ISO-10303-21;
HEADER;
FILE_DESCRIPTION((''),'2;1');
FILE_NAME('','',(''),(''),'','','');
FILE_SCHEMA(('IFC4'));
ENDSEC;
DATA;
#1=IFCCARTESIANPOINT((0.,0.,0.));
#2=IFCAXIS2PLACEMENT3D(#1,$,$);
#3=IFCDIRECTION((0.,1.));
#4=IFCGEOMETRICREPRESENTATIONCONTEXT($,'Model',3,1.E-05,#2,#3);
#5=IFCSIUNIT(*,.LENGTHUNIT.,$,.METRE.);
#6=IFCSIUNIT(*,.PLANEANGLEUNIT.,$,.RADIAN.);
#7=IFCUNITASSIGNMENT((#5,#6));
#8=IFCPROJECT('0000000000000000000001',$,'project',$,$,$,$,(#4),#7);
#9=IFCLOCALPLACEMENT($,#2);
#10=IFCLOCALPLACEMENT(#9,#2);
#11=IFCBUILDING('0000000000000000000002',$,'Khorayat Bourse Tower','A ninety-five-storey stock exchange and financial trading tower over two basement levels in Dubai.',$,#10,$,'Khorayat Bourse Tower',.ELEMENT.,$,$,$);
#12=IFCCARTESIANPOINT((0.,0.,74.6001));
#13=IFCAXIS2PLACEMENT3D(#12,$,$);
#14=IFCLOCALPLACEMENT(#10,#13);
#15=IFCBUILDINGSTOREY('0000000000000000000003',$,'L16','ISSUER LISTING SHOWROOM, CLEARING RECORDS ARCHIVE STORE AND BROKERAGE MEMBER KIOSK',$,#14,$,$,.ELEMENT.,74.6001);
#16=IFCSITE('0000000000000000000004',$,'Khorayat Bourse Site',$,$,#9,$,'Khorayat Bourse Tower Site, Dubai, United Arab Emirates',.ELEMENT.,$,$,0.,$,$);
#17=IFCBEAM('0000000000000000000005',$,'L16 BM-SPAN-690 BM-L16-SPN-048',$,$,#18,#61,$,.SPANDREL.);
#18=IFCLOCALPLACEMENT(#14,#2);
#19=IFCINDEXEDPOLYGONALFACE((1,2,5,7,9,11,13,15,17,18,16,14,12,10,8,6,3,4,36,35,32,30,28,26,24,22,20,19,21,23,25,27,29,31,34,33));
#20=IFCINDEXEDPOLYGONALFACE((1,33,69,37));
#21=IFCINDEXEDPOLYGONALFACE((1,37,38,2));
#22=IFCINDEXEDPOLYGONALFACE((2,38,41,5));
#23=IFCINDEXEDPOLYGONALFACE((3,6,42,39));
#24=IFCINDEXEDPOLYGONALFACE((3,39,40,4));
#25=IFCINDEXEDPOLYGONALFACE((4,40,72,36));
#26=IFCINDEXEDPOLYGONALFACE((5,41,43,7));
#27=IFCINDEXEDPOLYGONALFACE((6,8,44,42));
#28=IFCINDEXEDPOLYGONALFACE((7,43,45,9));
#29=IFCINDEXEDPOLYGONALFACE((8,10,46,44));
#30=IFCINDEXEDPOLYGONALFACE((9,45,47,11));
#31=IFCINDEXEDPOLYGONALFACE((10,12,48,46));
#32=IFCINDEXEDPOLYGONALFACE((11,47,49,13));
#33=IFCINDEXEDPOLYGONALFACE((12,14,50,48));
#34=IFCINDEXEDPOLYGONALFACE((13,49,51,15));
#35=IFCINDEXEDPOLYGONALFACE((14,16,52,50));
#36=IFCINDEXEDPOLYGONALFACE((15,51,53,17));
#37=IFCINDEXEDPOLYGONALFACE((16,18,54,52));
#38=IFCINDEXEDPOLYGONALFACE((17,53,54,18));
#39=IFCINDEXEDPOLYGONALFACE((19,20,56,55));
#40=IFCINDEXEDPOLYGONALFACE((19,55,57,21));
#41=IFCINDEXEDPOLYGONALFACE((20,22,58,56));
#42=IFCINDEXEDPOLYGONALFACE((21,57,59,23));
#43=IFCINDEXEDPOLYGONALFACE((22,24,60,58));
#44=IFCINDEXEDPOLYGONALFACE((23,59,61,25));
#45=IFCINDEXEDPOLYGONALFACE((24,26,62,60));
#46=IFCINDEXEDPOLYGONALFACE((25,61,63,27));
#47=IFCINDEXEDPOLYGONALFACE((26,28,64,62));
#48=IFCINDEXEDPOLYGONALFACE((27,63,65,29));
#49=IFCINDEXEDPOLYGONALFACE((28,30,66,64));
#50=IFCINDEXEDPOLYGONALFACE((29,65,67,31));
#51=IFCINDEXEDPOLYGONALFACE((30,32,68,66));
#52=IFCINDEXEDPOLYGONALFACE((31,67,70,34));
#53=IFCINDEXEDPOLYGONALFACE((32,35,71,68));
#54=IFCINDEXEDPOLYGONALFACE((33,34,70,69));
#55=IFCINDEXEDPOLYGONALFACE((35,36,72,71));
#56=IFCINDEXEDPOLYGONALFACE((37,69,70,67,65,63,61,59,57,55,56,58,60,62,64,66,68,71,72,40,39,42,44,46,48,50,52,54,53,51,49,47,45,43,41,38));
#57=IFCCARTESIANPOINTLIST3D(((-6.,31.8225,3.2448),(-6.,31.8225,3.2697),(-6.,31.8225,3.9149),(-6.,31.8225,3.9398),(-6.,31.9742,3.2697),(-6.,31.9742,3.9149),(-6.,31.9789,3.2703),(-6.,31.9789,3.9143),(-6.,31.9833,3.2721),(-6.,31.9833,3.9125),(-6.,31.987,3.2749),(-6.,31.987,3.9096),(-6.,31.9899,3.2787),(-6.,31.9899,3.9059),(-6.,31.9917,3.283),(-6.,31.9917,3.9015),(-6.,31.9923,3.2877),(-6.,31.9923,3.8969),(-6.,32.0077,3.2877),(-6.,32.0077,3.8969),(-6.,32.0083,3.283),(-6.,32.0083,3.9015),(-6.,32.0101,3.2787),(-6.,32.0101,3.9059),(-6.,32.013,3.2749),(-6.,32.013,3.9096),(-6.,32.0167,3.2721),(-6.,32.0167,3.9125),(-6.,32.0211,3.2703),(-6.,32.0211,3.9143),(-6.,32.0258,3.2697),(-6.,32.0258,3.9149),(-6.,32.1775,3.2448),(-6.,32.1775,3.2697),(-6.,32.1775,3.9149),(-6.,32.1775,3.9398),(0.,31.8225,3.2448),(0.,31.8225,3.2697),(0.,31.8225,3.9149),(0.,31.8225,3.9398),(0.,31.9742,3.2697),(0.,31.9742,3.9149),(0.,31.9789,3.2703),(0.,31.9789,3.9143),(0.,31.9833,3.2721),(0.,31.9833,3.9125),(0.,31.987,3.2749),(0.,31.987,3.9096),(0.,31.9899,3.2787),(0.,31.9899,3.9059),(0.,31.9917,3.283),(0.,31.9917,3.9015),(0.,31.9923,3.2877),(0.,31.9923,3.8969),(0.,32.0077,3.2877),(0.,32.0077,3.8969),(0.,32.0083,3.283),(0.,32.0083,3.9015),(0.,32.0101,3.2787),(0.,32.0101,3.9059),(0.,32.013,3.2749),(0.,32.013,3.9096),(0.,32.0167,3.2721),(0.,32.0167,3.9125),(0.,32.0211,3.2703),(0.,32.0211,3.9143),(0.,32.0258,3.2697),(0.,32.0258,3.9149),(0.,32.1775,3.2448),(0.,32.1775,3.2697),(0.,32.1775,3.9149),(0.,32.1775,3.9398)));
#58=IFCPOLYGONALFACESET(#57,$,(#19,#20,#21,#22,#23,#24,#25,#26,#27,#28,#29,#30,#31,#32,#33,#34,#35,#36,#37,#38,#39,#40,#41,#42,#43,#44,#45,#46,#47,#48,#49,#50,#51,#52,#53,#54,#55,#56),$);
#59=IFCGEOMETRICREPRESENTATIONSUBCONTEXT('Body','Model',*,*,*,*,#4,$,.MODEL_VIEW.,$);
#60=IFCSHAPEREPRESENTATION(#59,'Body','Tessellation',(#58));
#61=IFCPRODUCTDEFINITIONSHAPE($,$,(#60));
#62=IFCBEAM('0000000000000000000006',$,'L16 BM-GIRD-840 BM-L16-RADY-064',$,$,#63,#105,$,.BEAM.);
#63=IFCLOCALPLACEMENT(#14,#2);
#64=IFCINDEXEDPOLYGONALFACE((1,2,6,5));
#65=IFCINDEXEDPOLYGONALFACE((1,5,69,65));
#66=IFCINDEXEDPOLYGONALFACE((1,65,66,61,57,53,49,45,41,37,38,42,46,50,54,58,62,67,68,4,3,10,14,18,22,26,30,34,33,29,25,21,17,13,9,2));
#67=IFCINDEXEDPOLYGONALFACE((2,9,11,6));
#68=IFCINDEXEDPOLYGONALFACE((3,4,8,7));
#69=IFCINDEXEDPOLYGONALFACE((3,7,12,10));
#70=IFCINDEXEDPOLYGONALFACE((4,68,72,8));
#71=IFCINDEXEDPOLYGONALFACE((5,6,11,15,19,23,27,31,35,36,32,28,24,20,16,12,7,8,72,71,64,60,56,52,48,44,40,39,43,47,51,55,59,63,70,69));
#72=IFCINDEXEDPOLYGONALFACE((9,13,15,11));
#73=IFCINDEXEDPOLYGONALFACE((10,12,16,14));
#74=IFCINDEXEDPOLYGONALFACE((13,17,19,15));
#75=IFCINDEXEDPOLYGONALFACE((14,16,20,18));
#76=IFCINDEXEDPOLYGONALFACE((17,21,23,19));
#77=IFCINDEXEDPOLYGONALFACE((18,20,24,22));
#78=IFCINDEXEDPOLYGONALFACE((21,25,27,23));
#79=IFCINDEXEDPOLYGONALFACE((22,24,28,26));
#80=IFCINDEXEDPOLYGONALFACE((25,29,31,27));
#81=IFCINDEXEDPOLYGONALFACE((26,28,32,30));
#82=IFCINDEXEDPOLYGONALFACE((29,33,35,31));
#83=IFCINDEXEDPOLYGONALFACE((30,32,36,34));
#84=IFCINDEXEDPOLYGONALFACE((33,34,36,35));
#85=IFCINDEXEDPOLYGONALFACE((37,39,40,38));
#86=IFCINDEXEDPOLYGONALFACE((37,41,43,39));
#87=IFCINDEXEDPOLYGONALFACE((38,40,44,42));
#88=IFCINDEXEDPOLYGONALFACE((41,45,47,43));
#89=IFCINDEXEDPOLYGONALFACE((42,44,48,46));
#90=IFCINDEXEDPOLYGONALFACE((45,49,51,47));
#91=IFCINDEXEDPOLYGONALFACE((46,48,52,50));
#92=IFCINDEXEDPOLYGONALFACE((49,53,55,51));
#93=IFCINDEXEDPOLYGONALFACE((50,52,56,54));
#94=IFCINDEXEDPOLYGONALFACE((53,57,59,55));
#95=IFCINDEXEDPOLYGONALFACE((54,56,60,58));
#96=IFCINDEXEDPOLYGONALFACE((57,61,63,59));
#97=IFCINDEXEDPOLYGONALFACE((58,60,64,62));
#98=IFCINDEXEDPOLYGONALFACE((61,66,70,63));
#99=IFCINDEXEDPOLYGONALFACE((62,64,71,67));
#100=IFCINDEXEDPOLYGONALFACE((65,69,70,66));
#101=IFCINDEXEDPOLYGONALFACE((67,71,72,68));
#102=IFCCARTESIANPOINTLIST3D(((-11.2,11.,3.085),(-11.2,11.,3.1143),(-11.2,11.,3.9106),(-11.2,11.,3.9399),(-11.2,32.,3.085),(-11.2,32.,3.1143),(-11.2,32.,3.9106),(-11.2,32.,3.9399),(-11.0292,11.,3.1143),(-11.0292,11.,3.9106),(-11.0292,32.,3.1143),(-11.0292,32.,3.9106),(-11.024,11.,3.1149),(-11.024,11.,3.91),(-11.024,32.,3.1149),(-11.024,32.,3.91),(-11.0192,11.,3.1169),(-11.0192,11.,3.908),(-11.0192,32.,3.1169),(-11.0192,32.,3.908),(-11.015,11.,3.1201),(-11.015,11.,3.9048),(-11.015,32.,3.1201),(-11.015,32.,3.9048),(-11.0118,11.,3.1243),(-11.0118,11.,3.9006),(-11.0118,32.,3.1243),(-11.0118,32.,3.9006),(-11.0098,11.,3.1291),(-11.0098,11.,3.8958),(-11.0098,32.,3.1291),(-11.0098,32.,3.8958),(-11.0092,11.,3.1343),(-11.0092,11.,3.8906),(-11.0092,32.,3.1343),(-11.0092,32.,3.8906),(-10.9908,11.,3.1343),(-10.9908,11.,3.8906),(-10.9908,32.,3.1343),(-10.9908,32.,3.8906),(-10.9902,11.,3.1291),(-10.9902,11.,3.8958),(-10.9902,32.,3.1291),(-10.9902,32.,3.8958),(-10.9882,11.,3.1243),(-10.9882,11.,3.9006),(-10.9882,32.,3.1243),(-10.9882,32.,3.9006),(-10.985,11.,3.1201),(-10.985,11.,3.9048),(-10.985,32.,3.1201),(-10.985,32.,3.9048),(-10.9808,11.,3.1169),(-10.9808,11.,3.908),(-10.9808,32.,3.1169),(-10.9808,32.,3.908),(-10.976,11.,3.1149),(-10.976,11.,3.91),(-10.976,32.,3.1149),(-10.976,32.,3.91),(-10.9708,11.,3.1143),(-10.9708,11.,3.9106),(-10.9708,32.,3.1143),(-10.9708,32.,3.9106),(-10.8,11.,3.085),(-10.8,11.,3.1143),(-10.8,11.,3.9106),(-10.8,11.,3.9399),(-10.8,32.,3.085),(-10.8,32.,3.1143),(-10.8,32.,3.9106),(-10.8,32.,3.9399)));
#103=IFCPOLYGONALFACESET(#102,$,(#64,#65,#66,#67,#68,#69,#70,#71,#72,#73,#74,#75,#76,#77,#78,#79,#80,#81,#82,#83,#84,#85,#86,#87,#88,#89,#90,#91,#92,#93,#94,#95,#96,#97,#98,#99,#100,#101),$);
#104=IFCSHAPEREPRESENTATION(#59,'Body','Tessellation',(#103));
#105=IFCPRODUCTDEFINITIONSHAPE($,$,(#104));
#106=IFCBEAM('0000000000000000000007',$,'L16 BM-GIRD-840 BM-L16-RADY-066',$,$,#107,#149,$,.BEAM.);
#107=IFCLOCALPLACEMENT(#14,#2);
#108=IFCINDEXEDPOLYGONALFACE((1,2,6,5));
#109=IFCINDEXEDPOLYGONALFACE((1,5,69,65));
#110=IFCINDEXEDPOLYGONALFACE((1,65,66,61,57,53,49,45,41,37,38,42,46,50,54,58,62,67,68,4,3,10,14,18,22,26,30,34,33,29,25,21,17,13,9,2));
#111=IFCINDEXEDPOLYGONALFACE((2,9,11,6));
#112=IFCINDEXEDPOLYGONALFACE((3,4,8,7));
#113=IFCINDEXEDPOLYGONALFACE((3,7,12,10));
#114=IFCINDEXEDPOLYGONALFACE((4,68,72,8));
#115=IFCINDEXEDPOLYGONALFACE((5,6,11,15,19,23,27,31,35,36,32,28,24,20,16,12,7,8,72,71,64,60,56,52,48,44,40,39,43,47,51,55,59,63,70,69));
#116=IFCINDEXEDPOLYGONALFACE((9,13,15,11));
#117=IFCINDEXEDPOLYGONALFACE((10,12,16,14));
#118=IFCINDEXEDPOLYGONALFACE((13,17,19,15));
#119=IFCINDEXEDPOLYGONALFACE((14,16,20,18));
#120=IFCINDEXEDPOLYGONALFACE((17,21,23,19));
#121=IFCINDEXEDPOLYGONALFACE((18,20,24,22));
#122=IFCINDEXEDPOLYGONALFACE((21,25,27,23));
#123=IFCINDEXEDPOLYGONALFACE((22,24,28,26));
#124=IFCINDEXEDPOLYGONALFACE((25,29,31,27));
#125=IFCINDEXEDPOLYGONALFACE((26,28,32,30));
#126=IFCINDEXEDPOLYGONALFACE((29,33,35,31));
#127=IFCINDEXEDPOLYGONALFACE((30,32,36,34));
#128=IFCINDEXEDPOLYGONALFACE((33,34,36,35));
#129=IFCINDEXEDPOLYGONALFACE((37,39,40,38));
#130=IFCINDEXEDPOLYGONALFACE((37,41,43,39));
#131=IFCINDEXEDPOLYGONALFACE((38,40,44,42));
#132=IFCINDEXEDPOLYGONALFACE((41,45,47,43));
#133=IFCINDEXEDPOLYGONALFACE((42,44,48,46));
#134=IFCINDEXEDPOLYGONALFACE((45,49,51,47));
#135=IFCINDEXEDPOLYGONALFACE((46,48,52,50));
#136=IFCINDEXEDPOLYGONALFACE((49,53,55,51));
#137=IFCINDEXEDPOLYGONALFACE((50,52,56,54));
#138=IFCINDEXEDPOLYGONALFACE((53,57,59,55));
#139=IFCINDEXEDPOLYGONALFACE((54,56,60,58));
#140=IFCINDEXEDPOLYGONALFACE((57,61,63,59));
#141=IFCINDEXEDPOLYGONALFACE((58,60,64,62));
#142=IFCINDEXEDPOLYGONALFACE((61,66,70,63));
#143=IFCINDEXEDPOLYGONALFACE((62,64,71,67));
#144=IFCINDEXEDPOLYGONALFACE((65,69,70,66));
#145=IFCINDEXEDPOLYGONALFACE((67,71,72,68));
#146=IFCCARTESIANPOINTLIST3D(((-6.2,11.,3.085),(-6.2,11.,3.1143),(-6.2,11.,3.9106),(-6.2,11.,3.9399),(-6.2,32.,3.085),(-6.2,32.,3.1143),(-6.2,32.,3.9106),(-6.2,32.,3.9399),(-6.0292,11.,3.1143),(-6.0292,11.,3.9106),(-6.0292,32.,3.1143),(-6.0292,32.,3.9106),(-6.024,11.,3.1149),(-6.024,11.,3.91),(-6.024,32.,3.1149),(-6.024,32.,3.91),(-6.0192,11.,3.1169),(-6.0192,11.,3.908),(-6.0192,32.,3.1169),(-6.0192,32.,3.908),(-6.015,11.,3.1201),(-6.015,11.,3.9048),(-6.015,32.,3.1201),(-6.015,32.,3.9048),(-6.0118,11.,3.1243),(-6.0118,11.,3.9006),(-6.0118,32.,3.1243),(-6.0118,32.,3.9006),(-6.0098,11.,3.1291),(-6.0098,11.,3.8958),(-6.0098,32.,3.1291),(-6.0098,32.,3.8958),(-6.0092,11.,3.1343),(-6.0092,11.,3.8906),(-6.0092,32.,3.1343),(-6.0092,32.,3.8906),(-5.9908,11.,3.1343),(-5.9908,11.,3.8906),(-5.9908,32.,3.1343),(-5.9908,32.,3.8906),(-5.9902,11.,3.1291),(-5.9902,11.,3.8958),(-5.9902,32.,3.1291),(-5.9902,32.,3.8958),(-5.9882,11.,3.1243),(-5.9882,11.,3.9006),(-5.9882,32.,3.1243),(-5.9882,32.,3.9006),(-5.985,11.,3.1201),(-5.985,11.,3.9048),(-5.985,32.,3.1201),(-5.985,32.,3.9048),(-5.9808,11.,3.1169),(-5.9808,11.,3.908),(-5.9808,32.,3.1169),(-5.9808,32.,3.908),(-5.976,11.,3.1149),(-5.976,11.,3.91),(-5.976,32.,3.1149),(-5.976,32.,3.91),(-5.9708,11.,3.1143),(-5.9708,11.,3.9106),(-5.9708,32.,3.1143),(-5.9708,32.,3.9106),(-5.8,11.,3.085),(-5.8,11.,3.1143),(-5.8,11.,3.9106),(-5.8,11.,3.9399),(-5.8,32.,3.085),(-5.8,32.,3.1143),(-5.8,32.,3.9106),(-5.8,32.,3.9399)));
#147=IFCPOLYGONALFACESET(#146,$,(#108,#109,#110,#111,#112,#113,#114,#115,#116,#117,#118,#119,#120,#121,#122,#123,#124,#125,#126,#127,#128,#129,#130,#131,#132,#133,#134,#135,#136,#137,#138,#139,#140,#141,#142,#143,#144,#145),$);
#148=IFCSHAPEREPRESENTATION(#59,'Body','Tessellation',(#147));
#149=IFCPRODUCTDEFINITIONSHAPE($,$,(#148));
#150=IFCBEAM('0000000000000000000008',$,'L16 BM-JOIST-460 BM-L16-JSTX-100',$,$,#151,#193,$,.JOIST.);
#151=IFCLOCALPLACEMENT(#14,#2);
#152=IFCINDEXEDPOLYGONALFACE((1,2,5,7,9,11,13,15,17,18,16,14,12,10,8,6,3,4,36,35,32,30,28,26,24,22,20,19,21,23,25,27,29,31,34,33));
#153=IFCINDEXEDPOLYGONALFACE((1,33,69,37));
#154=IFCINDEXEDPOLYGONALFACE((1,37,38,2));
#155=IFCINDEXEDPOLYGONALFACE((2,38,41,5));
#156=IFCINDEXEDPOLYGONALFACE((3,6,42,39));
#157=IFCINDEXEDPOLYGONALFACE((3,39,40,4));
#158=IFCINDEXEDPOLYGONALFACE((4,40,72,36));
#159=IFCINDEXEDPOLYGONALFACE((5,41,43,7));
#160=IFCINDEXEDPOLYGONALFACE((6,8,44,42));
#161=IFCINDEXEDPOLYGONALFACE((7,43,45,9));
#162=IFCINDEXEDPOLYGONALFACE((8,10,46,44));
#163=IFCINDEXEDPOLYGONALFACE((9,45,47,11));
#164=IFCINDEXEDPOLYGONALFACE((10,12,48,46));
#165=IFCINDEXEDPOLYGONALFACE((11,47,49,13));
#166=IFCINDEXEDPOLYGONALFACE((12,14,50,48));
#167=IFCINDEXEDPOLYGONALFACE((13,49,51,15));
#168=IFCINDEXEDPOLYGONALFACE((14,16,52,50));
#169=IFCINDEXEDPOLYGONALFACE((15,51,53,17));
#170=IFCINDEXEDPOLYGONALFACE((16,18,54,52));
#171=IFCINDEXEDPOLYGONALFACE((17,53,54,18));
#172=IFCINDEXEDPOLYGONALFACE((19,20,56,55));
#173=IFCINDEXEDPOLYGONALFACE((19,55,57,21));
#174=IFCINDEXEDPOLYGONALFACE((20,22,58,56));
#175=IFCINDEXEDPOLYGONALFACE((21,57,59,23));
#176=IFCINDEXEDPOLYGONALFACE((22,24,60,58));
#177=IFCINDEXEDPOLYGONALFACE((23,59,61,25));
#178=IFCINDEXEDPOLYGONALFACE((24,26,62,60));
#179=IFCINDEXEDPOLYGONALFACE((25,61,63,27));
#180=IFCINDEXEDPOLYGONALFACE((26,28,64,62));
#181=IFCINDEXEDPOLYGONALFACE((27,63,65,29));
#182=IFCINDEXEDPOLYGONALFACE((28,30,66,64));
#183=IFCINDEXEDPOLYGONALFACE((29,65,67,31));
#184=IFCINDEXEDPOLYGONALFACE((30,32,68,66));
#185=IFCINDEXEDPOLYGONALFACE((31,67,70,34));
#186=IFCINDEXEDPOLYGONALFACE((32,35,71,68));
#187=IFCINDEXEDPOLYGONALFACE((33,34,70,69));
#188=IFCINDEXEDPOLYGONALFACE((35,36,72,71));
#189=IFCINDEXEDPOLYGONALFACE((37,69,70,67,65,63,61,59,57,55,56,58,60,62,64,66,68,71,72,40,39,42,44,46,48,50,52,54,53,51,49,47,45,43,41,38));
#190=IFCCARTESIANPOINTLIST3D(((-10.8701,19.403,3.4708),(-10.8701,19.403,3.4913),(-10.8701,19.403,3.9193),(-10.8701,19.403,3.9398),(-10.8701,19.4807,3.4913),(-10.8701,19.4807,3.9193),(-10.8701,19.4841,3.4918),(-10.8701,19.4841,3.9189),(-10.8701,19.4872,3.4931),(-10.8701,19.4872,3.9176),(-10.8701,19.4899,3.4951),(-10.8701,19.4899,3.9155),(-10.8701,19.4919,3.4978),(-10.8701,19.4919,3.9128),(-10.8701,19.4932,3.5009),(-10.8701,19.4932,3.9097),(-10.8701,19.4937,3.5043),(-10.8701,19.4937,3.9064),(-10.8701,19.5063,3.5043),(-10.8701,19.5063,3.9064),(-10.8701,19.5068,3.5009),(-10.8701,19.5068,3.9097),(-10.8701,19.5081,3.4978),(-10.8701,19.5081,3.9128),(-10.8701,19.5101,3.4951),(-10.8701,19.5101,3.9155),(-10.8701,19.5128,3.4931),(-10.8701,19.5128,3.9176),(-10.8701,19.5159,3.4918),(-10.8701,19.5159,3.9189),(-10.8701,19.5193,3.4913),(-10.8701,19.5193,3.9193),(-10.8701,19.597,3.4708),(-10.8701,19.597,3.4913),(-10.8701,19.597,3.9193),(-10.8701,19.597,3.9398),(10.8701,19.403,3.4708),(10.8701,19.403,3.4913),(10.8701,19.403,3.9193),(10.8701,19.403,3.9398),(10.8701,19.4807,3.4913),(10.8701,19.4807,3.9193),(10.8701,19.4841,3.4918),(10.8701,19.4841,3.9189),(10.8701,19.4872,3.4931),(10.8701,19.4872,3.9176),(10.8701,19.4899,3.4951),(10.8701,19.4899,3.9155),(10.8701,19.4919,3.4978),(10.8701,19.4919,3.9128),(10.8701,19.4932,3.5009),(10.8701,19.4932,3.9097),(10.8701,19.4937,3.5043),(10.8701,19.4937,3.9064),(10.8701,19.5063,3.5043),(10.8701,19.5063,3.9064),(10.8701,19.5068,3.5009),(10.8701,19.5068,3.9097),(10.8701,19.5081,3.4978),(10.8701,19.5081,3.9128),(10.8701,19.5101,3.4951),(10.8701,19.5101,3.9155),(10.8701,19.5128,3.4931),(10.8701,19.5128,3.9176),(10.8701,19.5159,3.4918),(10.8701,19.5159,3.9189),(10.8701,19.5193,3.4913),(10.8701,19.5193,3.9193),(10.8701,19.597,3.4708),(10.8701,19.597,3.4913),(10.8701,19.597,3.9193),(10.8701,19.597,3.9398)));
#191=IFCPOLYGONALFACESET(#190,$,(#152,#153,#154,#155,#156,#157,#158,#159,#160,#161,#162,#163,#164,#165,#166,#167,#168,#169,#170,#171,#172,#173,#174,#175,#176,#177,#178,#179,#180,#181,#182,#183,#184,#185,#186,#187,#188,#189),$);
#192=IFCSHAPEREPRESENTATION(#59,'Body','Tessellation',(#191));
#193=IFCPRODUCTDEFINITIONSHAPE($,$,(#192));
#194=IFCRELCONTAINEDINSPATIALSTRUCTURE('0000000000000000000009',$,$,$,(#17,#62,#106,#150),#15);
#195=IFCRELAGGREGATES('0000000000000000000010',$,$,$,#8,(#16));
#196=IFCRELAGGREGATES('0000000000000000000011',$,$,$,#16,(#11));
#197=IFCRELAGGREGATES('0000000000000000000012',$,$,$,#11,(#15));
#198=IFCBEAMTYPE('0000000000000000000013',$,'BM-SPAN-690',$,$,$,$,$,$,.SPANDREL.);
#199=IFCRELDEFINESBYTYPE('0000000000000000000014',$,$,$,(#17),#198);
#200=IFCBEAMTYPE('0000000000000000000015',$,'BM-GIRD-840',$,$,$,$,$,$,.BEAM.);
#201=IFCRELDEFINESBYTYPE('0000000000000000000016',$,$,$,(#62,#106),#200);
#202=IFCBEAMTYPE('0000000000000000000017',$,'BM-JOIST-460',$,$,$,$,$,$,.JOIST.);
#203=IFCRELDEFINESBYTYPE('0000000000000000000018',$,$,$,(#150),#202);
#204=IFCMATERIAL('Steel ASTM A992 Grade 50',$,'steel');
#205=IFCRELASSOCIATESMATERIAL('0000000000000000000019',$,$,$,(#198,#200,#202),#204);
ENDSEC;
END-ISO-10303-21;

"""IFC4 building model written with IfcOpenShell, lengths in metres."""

from ifc_helpers import new_model, si_unit, direction, frame, origin, origin_2d, place, context, subcontext, project, spatial, i_section, extrude, source, transform, mapped, material, material_profile, profile_set, type_object, element, save


model = new_model("IFC4")

# Units and contexts
model_context = context("Model", 3, precision=1e-05, world=origin(), true_north=direction((0.0, 1.0)))
body_context = subcontext(model_context, "Body", "Model", "MODEL_VIEW")
ifc_project = project(units=[si_unit("LENGTHUNIT", "METRE"), si_unit("PLANEANGLEUNIT", "RADIAN")], contexts=[model_context])

# Site, building, storey
site_placement = place(None, origin())
site = spatial("IfcSite", under=ifc_project, at=site_placement, Name="Khorayat Bourse Site", LongName="Khorayat Bourse Tower Site, Dubai, United Arab Emirates", CompositionType="ELEMENT", RefElevation=0.0)
building_placement = place(site_placement, origin())
building = spatial("IfcBuilding", under=site, at=building_placement, Name="Khorayat Bourse Tower", Description="A ninety-five-storey stock exchange and financial trading tower over two basement levels in Dubai.", LongName="Khorayat Bourse Tower", CompositionType="ELEMENT")
storey_placement = place(building_placement, frame((0.0, 0.0, 74.6001)))
storey = spatial("IfcBuildingStorey", under=building, at=storey_placement, Name="L16", Description="ISSUER LISTING SHOWROOM, CLEARING RECORDS ARCHIVE STORE AND BROKERAGE MEMBER KIOSK", CompositionType="ELEMENT", Elevation=74.6001)

# Beams
ifc_material_1 = material(Name="Steel ASTM A992 Grade 50", Category="steel")
ifc_material_profile_1 = material_profile(ifc_material_1, i_section(OverallWidth=0.355, OverallDepth=0.6951, WebThickness=0.0154, FlangeThickness=0.0249, FilletRadius=0.0181, at=origin_2d()), Name="W690X217")
ifc_profile_set_1 = profile_set([ifc_material_profile_1], Name="Steel ASTM A992 Grade 50")
beam_type_1 = type_object("IfcBeamType", Name="BM-SPAN-690", PredefinedType="SPANDREL", material=ifc_profile_set_1)
shared_shape_1 = source(origin(), body_context, "Body", "SweptSolid", [
    extrude(i_section(OverallWidth=0.355, OverallDepth=0.6951, WebThickness=0.0154, FlangeThickness=0.0249, FilletRadius=0.0181, at=origin_2d()), origin(), (0.0, 0.0, 1.0), 6.0),
])
beam_1_placement = place(storey_placement, frame((-6.0, 32.0, 3.5923), z_axis=(1.0, 0.0, 0.0), x_axis=(0.0, 1.0, 0.0)))
element("IfcBeam", 1, at=beam_1_placement, inside=storey, type_object=beam_type_1, Name="L16 BM-SPAN-690 BM-L16-SPN-048", PredefinedType="SPANDREL", context=body_context, shape_type="MappedRepresentation", body=[
    mapped(shared_shape_1, transform((0.0, 0.0, 0.0), scale=1.0)),
])
ifc_material_profile_2 = material_profile(ifc_material_1, i_section(OverallWidth=0.3999, OverallDepth=0.855, WebThickness=0.0183, FlangeThickness=0.0293, FilletRadius=0.02, at=origin_2d()), Name="W840X299")
ifc_profile_set_2 = profile_set([ifc_material_profile_2], Name="Steel ASTM A992 Grade 50")
beam_type_2 = type_object("IfcBeamType", Name="BM-GIRD-840", PredefinedType="BEAM", material=ifc_profile_set_2)
shared_shape_2 = source(origin(), body_context, "Body", "SweptSolid", [
    extrude(i_section(OverallWidth=0.3999, OverallDepth=0.855, WebThickness=0.0183, FlangeThickness=0.0293, FilletRadius=0.02, at=origin_2d()), origin(), (0.0, 0.0, 1.0), 21.0),
])
for number, where, z_axis, x_axis, name in (
    (2, (-11.0, 11.0, 3.5125), (0.0, 1.0, 0.0), (-1.0, 0.0, 0.0), "L16 BM-GIRD-840 BM-L16-RADY-064"),
    (3, (-6.0, 11.0, 3.5125), (0.0, 1.0, 0.0), (-1.0, 0.0, 0.0), "L16 BM-GIRD-840 BM-L16-RADY-066"),
):
    element("IfcBeam", number, at=place(storey_placement, frame(where, z_axis=z_axis, x_axis=x_axis)), inside=storey, type_object=beam_type_2, Name=name, PredefinedType="BEAM", context=body_context, shape_type="MappedRepresentation", body=[
        mapped(shared_shape_2, transform((0.0, 0.0, 0.0), scale=1.0)),
    ])
ifc_material_profile_3 = material_profile(ifc_material_1, i_section(OverallWidth=0.1941, OverallDepth=0.469, WebThickness=0.0127, FlangeThickness=0.0205, FilletRadius=0.0129, at=origin_2d()), Name="W460X106")
ifc_profile_set_3 = profile_set([ifc_material_profile_3], Name="Steel ASTM A992 Grade 50")
beam_type_3 = type_object("IfcBeamType", Name="BM-JOIST-460", PredefinedType="JOIST", material=ifc_profile_set_3)
shared_shape_3 = source(origin(), body_context, "Body", "SweptSolid", [
    extrude(i_section(OverallWidth=0.1941, OverallDepth=0.469, WebThickness=0.0127, FlangeThickness=0.0205, FilletRadius=0.0129, at=origin_2d()), origin(), (0.0, 0.0, 1.0), 21.7402),
])
beam_2_placement = place(storey_placement, frame((-10.8701, 19.5, 3.7053), z_axis=(1.0, 0.0, 0.0), x_axis=(0.0, 1.0, 0.0)))
element("IfcBeam", 4, at=beam_2_placement, inside=storey, type_object=beam_type_3, Name="L16 BM-JOIST-460 BM-L16-JSTX-100", PredefinedType="JOIST", context=body_context, shape_type="MappedRepresentation", body=[
    mapped(shared_shape_3, transform((0.0, 0.0, 0.0), scale=1.0)),
])

save(model, "model.ifc")
